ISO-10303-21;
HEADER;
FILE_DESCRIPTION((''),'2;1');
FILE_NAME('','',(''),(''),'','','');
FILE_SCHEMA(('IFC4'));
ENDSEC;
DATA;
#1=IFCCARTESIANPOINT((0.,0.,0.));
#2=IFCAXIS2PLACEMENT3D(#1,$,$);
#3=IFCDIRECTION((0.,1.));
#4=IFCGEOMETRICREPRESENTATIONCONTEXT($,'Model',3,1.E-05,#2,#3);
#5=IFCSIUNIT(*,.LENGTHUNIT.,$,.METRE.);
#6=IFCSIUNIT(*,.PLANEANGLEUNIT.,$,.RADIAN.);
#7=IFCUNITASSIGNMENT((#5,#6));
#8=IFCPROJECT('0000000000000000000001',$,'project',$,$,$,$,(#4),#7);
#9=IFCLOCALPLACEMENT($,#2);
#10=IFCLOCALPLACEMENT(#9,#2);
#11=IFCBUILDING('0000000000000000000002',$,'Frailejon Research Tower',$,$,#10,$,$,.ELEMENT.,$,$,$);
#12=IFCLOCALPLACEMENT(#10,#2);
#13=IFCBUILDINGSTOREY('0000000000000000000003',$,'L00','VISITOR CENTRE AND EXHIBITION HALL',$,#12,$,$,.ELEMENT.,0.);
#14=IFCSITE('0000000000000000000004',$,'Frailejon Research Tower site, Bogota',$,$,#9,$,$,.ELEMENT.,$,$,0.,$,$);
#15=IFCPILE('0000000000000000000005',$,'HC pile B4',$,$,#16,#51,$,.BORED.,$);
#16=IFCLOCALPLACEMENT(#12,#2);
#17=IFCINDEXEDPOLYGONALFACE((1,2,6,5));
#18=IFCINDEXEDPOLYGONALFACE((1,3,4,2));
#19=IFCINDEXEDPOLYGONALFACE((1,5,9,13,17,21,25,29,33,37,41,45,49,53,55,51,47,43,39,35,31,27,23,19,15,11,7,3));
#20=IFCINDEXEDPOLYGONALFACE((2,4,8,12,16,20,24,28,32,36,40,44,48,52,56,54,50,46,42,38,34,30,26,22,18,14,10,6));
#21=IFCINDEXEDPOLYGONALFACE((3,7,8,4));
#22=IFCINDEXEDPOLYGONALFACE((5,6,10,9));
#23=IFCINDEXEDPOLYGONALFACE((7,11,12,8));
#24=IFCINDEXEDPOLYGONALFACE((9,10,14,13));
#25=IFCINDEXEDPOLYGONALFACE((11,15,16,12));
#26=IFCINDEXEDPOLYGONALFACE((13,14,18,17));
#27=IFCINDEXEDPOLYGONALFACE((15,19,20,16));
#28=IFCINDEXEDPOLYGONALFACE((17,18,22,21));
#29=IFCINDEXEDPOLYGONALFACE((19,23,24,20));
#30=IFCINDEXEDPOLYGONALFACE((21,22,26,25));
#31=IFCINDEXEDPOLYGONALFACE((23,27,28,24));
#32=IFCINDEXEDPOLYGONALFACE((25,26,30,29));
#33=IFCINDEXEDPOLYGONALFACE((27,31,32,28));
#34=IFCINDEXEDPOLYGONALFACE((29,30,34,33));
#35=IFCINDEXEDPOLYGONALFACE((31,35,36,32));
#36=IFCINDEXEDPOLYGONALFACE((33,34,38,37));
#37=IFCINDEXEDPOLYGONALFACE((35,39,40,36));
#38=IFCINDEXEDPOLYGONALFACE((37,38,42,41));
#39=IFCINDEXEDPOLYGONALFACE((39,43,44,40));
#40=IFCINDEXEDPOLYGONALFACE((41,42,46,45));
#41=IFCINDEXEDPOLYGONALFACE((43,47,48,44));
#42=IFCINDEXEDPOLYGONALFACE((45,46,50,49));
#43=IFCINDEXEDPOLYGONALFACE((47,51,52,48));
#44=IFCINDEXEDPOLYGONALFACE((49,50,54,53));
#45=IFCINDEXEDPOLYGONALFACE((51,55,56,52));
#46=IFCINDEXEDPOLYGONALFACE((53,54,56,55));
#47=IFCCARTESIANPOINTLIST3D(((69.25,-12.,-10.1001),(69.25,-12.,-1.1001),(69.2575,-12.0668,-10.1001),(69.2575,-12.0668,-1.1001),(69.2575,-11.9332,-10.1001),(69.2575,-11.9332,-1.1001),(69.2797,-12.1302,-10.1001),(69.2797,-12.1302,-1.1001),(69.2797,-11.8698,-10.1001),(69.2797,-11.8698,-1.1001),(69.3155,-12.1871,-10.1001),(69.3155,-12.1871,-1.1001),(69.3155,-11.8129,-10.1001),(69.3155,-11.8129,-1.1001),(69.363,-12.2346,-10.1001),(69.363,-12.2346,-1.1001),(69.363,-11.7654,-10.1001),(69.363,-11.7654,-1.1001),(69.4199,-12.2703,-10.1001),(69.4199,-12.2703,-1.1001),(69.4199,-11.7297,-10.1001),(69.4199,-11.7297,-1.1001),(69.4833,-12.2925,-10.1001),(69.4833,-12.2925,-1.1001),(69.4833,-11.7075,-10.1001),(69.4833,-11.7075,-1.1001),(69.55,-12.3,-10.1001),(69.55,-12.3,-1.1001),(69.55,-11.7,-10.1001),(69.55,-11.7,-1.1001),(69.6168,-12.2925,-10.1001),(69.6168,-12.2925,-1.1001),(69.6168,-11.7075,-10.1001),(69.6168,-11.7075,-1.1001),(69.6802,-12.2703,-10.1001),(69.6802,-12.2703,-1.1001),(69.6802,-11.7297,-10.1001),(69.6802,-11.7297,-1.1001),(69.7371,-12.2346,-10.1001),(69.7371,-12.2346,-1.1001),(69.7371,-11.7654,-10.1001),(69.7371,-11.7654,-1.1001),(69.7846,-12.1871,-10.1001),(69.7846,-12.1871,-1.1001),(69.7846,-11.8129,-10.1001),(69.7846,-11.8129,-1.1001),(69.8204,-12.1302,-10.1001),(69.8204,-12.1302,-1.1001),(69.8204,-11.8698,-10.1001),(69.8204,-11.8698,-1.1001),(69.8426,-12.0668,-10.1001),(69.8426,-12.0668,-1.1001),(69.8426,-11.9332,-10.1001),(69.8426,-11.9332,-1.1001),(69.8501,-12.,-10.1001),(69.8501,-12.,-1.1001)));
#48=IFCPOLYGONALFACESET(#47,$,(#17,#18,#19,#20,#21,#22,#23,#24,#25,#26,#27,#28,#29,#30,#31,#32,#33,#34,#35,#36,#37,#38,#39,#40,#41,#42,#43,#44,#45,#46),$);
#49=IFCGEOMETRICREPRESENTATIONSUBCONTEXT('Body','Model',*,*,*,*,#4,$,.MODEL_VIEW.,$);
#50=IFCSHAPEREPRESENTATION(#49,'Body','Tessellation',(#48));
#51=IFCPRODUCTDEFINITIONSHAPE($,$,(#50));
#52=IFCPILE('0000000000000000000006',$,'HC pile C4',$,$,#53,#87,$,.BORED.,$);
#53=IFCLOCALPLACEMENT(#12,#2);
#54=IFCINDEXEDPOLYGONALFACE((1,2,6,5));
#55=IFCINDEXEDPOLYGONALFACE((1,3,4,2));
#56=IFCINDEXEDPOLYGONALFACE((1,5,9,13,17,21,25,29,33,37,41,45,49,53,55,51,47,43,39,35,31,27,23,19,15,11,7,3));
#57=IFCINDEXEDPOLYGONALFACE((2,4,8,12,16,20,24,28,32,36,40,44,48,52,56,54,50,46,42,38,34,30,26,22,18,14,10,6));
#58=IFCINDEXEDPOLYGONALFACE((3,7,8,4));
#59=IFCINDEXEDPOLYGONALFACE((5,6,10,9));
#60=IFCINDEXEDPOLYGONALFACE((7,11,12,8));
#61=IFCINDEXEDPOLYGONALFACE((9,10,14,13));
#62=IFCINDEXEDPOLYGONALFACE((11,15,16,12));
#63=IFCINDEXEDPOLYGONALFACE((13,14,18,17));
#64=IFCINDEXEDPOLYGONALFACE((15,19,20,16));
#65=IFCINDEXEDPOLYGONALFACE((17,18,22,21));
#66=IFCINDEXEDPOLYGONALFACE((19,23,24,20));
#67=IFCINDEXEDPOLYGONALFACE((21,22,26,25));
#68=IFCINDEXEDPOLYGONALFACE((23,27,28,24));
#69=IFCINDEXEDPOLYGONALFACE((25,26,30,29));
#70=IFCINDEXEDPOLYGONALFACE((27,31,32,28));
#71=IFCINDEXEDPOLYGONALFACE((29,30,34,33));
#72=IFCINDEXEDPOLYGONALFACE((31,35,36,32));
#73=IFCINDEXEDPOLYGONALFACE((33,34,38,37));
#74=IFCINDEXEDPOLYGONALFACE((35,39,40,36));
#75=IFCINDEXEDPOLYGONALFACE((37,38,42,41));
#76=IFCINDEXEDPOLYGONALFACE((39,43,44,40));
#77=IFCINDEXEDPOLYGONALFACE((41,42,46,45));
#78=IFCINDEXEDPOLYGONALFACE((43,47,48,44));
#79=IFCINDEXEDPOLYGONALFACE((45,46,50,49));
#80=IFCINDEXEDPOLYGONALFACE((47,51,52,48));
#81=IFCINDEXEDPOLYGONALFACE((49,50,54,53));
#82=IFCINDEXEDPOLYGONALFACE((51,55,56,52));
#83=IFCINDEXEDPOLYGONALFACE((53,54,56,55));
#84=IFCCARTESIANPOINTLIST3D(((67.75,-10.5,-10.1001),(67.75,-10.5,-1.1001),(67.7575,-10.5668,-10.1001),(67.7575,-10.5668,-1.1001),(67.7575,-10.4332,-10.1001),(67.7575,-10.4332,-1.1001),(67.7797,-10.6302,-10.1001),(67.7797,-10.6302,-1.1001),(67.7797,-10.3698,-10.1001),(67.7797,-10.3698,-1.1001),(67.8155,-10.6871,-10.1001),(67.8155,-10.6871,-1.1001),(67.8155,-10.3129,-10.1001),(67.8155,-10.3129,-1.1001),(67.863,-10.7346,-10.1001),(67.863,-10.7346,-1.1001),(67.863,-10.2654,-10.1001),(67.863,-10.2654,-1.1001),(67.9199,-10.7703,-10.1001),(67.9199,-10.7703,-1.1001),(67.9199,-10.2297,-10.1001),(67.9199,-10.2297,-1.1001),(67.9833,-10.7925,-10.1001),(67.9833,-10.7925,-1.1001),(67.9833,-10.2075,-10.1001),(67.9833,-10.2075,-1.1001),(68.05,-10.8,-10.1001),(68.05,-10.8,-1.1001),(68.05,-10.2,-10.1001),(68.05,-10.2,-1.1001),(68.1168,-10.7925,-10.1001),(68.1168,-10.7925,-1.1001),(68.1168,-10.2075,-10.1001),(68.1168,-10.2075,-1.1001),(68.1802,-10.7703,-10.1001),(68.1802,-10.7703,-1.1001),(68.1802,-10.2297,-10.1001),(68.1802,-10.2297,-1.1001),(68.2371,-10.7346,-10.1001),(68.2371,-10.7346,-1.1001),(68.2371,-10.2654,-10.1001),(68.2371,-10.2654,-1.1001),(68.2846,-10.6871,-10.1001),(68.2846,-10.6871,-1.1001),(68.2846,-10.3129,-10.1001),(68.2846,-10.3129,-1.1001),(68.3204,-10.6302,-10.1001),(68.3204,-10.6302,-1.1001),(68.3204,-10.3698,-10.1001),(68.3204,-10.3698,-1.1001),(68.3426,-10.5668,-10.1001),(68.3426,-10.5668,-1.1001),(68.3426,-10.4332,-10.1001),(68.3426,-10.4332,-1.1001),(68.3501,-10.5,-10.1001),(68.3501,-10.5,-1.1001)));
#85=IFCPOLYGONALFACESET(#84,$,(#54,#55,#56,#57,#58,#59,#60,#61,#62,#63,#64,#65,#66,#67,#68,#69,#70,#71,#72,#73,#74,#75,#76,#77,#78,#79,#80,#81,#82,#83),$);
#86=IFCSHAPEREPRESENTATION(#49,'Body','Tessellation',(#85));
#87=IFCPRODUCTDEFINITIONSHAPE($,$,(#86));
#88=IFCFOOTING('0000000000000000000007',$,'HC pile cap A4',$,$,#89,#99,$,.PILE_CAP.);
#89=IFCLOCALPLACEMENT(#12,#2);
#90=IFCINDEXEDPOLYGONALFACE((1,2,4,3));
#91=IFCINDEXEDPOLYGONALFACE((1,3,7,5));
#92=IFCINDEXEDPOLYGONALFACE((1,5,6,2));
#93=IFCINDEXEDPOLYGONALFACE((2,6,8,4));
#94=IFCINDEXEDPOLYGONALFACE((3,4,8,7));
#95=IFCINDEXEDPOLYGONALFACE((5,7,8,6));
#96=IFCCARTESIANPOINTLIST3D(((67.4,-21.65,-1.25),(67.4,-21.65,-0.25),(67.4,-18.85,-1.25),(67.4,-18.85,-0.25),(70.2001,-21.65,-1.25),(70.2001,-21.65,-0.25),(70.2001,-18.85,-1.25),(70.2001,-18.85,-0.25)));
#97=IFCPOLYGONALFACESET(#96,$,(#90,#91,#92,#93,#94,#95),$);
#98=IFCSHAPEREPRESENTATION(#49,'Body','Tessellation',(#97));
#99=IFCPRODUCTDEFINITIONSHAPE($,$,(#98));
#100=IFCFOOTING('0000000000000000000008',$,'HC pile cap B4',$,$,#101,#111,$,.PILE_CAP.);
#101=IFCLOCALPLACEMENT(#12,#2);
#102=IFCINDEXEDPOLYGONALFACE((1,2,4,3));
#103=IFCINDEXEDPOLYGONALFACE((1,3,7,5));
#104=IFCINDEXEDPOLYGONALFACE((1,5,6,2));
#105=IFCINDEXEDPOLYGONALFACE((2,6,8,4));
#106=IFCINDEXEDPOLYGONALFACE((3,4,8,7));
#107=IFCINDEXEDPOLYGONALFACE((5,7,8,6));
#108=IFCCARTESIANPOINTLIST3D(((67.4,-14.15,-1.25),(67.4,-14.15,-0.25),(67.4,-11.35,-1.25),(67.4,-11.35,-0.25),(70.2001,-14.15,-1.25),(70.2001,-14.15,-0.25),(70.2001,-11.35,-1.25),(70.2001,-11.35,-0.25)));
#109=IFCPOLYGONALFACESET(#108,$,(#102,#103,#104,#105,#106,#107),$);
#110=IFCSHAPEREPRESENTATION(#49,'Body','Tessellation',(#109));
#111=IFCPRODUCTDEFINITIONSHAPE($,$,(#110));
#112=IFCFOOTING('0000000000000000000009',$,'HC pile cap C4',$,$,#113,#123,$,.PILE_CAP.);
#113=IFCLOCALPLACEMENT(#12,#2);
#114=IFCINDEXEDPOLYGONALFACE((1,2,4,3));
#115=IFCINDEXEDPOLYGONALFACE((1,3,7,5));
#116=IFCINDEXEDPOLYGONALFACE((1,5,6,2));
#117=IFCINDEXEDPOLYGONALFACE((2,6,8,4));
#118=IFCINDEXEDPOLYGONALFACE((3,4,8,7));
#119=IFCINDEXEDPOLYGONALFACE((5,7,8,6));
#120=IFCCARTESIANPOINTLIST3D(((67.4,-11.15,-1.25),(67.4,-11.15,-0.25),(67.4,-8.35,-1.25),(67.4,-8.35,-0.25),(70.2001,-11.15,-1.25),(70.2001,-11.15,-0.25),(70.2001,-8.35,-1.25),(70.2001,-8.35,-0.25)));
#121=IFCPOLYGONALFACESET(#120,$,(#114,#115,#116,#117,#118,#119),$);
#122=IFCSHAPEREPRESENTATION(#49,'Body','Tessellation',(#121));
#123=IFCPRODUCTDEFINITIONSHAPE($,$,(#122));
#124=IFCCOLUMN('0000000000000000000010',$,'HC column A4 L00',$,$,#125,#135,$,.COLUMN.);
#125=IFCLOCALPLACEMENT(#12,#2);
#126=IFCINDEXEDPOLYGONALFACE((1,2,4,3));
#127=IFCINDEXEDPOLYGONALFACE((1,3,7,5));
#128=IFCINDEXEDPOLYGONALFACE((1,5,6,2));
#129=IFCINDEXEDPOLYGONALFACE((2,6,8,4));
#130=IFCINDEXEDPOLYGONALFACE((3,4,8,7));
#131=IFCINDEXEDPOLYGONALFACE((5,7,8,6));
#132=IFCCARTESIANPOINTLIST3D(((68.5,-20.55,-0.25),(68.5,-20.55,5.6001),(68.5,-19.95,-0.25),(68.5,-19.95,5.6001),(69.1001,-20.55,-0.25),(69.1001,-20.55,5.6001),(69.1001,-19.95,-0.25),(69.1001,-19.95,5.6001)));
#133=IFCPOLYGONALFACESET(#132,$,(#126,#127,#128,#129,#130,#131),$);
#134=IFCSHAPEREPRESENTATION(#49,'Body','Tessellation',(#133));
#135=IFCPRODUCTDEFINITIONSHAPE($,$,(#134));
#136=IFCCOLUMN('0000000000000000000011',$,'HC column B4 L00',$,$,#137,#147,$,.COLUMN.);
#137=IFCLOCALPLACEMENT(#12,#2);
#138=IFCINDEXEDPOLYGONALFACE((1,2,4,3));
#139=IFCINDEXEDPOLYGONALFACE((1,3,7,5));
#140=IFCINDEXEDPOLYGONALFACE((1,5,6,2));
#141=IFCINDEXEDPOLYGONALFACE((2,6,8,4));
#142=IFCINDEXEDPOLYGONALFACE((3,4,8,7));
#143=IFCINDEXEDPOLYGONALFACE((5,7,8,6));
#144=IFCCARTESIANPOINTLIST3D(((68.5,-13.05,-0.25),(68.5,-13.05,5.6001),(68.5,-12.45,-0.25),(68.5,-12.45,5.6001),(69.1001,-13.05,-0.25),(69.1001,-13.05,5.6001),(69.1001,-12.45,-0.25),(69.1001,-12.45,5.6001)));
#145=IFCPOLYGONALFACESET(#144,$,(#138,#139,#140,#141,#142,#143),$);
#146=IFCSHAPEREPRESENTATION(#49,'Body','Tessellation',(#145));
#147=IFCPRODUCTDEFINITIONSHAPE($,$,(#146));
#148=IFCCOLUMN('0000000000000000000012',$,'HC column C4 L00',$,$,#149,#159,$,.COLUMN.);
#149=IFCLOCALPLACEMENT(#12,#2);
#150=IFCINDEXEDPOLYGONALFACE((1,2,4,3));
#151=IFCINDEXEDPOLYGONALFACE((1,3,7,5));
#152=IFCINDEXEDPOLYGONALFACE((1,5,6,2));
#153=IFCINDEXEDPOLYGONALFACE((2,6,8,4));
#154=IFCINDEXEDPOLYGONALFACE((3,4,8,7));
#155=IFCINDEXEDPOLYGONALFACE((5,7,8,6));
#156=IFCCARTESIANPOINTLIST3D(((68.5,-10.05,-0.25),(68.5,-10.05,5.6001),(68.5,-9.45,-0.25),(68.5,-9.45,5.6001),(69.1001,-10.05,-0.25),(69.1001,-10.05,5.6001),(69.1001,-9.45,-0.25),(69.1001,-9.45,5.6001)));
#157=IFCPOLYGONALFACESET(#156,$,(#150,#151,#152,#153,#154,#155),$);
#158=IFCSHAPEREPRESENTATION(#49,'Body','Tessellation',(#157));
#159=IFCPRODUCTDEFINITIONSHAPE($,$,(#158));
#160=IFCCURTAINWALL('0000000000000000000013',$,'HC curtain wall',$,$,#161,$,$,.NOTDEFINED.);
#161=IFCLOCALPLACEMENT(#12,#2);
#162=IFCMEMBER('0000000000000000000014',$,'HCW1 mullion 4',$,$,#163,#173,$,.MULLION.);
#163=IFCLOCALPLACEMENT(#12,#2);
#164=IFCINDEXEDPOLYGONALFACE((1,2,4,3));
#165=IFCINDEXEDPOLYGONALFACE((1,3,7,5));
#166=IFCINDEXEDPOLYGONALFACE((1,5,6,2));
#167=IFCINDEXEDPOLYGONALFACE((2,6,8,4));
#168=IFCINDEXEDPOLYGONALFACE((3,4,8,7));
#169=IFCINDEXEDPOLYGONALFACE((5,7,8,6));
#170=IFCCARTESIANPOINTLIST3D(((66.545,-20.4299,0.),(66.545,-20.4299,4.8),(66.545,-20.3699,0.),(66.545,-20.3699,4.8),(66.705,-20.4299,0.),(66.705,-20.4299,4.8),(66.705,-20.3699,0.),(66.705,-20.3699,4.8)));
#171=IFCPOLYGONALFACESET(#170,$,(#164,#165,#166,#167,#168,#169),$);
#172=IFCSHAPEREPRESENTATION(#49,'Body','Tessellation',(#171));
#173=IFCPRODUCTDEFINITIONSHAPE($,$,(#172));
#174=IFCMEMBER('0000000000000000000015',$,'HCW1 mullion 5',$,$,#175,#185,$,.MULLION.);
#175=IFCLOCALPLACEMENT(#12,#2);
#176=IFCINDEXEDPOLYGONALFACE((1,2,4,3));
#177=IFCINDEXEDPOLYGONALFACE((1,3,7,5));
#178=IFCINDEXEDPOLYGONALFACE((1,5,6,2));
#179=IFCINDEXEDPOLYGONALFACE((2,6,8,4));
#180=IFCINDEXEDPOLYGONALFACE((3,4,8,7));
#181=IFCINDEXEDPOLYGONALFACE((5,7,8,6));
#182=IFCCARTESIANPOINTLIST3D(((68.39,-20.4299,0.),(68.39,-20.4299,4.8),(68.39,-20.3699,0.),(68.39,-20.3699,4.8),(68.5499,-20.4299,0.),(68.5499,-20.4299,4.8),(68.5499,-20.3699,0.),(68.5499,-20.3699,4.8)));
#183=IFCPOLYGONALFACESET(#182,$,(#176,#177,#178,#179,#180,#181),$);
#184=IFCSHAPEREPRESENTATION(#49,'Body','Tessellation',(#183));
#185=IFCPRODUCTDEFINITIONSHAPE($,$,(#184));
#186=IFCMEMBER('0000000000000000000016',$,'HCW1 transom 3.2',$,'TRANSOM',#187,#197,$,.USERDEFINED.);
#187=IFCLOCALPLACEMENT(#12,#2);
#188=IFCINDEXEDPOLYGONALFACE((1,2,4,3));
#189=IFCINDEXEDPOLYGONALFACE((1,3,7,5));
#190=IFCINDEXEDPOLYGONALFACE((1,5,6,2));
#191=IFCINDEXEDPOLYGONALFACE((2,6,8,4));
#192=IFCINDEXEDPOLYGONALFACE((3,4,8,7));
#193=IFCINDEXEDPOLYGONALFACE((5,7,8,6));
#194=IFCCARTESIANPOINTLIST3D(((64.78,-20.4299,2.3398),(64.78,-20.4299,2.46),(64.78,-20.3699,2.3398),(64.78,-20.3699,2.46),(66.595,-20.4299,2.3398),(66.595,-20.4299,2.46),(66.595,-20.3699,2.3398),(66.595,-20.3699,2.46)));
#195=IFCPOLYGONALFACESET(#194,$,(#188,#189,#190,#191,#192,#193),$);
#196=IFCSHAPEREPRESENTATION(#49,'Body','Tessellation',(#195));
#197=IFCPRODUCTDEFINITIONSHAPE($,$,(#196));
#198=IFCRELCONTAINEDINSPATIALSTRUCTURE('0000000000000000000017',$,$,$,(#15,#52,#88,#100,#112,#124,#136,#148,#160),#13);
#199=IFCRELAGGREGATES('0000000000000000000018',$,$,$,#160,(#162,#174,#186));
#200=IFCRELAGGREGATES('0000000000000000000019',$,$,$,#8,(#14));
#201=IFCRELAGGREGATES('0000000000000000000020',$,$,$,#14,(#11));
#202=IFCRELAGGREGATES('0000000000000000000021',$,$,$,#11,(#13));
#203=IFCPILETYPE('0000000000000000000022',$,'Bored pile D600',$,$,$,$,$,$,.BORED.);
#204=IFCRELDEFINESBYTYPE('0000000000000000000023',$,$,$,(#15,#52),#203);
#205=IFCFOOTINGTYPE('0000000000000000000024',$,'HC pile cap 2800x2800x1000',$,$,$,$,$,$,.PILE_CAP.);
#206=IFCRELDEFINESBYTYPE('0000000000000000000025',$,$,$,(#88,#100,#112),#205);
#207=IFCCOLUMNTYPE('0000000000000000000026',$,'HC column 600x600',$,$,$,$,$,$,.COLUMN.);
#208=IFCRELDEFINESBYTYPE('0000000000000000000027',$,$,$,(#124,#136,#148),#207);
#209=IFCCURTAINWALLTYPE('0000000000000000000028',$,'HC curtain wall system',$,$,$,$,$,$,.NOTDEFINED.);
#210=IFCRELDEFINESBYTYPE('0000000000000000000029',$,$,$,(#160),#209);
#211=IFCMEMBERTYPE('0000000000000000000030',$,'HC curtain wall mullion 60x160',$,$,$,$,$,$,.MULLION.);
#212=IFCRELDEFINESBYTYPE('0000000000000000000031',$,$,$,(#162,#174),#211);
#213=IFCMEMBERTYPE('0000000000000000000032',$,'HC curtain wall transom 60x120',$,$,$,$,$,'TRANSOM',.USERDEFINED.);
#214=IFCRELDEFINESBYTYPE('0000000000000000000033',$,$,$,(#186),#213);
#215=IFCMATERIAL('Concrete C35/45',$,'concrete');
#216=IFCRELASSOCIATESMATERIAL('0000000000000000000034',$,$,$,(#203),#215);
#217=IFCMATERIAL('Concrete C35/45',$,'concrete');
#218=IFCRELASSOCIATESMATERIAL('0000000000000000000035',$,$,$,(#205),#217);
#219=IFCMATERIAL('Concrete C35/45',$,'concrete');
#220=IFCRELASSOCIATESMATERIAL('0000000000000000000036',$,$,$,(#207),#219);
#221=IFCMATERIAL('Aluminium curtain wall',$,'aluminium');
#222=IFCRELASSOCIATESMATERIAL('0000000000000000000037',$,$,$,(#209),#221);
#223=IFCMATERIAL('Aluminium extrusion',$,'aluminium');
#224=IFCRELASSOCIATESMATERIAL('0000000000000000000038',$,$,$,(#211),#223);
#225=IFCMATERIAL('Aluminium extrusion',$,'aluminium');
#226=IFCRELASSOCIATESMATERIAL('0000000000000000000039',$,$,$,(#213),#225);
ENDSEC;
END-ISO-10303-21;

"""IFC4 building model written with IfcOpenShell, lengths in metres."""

from ifc_helpers import new_model, si_unit, direction, frame, origin, origin_2d, place, context, subcontext, project, spatial, rectangle, circle, extrude, material, material_profile, profile_set, type_object, element, aggregate, save


model = new_model("IFC4")

# Units and contexts
model_context = context("Model", 3, precision=1e-05, world=origin(), true_north=direction((0.0, 1.0)))
body_context = subcontext(model_context, "Body", "Model", "MODEL_VIEW")
ifc_project = project(units=[si_unit("LENGTHUNIT", "METRE"), si_unit("PLANEANGLEUNIT", "RADIAN")], contexts=[model_context])

# Site, building, storey
site_placement = place(None, origin())
site = spatial("IfcSite", under=ifc_project, at=site_placement, Name="Frailejon Research Tower site, Bogota", CompositionType="ELEMENT", RefElevation=0.0)
building_placement = place(site_placement, origin())
building = spatial("IfcBuilding", under=site, at=building_placement, Name="Frailejon Research Tower", CompositionType="ELEMENT")
storey_placement = place(building_placement, origin())
storey = spatial("IfcBuildingStorey", under=building, at=storey_placement, Name="L00", Description="VISITOR CENTRE AND EXHIBITION HALL", CompositionType="ELEMENT", Elevation=0.0)

# Piles
ifc_material_1 = material(Name="Concrete C35/45", Category="concrete")
ifc_material_profile_1 = material_profile(ifc_material_1, circle(Radius=0.3, at=origin_2d()), Name="Bored pile D600")
ifc_profile_set_1 = profile_set([ifc_material_profile_1], Name="Concrete C35/45")
pile_type = type_object("IfcPileType", Name="Bored pile D600", PredefinedType="BORED", material=ifc_profile_set_1)
for number, where, z_axis, x_axis, name in (
    (1, (69.55, -12.0, -1.1001), (0.0, 0.0, -1.0), (1.0, 0.0, 0.0), "HC pile B4"),
    (2, (68.05, -10.5, -1.1001), (0.0, 0.0, -1.0), (1.0, 0.0, 0.0), "HC pile C4"),
):
    element("IfcPile", number, at=place(storey_placement, frame(where, z_axis=z_axis, x_axis=x_axis)), inside=storey, type_object=pile_type, Name=name, PredefinedType="BORED", context=body_context, shape_type="SweptSolid", body=[
        extrude(circle(Radius=0.3, at=origin_2d()), origin(), (0.0, 0.0, 1.0), 9.0),
    ])

# Footings
ifc_material_2 = material(Name="Concrete C35/45", Category="concrete")
footing_type = type_object("IfcFootingType", Name="HC pile cap 2800x2800x1000", PredefinedType="PILE_CAP", material=ifc_material_2)
for number, where, z_axis, x_axis, name in (
    (3, (68.8, -20.25, -1.25), (0.0, 0.0, 1.0), (1.0, 0.0, 0.0), "HC pile cap A4"),
    (4, (68.8, -12.75, -1.25), (0.0, 0.0, 1.0), (1.0, 0.0, 0.0), "HC pile cap B4"),
    (5, (68.8, -9.75, -1.25), (0.0, 0.0, 1.0), (1.0, 0.0, 0.0), "HC pile cap C4"),
):
    element("IfcFooting", number, at=place(storey_placement, frame(where, z_axis=z_axis, x_axis=x_axis)), inside=storey, type_object=footing_type, Name=name, PredefinedType="PILE_CAP", context=body_context, shape_type="SweptSolid", body=[
        extrude(rectangle(XDim=2.8, YDim=2.8, at=origin_2d()), origin(), (0.0, 0.0, 1.0), 1.0),
    ])

# Columns
ifc_material_3 = material(Name="Concrete C35/45", Category="concrete")
ifc_material_profile_2 = material_profile(ifc_material_3, rectangle(XDim=0.6001, YDim=0.6001, at=origin_2d()), Name="HC column 600x600")
ifc_profile_set_2 = profile_set([ifc_material_profile_2], Name="Concrete C35/45")
column_type = type_object("IfcColumnType", Name="HC column 600x600", PredefinedType="COLUMN", material=ifc_profile_set_2)
for number, where, z_axis, x_axis, name in (
    (6, (68.8, -20.25, -0.25), (0.0, 0.0, 1.0), (1.0, 0.0, 0.0), "HC column A4 L00"),
    (7, (68.8, -12.75, -0.25), (0.0, 0.0, 1.0), (1.0, 0.0, 0.0), "HC column B4 L00"),
    (8, (68.8, -9.75, -0.25), (0.0, 0.0, 1.0), (1.0, 0.0, 0.0), "HC column C4 L00"),
):
    element("IfcColumn", number, at=place(storey_placement, frame(where, z_axis=z_axis, x_axis=x_axis)), inside=storey, type_object=column_type, Name=name, PredefinedType="COLUMN", context=body_context, shape_type="SweptSolid", body=[
        extrude(rectangle(XDim=0.6001, YDim=0.6001, at=origin_2d()), origin(), (0.0, 0.0, 1.0), 5.8501),
    ])

# Curtain wall, members
ifc_material_4 = material(Name="Aluminium curtain wall", Category="aluminium")
curtain_wall_type = type_object("IfcCurtainWallType", Name="HC curtain wall system", PredefinedType="NOTDEFINED", material=ifc_material_4)
curtain_wall_placement = place(storey_placement, origin())
curtain_wall = element("IfcCurtainWall", 9, at=curtain_wall_placement, inside=storey, type_object=curtain_wall_type, Name="HC curtain wall", PredefinedType="NOTDEFINED")
ifc_material_5 = material(Name="Aluminium extrusion", Category="aluminium")
ifc_material_profile_3 = material_profile(ifc_material_5, rectangle(XDim=0.0601, YDim=0.1599, at=origin_2d()), Name="HC curtain wall mullion 60x160")
ifc_profile_set_3 = profile_set([ifc_material_profile_3], Name="Aluminium extrusion")
member_type_1 = type_object("IfcMemberType", Name="HC curtain wall mullion 60x160", PredefinedType="MULLION", material=ifc_profile_set_3)
member_1_placement = place(storey_placement, frame((66.625, -20.3999, 0.0), z_axis=(0.0, 0.0, 1.0), x_axis=(0.0, 1.0, 0.0)))
member_1 = element("IfcMember", 10, at=member_1_placement, type_object=member_type_1, Name="HCW1 mullion 4", PredefinedType="MULLION", context=body_context, shape_type="SweptSolid", body=[
    extrude(rectangle(XDim=0.0601, YDim=0.1599, at=origin_2d()), origin(), (0.0, 0.0, 1.0), 4.8),
])
member_2_placement = place(storey_placement, frame((68.47, -20.3999, 0.0), z_axis=(0.0, 0.0, 1.0), x_axis=(0.0, 1.0, 0.0)))
member_2 = element("IfcMember", 11, at=member_2_placement, type_object=member_type_1, Name="HCW1 mullion 5", PredefinedType="MULLION", context=body_context, shape_type="SweptSolid", body=[
    extrude(rectangle(XDim=0.0601, YDim=0.1599, at=origin_2d()), origin(), (0.0, 0.0, 1.0), 4.8),
])
ifc_material_6 = material(Name="Aluminium extrusion", Category="aluminium")
ifc_material_profile_4 = material_profile(ifc_material_6, rectangle(XDim=0.0601, YDim=0.1201, at=origin_2d()), Name="HC curtain wall transom 60x120")
ifc_profile_set_4 = profile_set([ifc_material_profile_4], Name="Aluminium extrusion")
member_type_2 = type_object("IfcMemberType", Name="HC curtain wall transom 60x120", ElementType="TRANSOM", PredefinedType="USERDEFINED", material=ifc_profile_set_4)
member_3_placement = place(storey_placement, frame((64.78, -20.3999, 2.3999), z_axis=(1.0, 0.0, 0.0), x_axis=(0.0, 1.0, 0.0)))
member_3 = element("IfcMember", 12, at=member_3_placement, type_object=member_type_2, Name="HCW1 transom 3.2", ObjectType="TRANSOM", PredefinedType="USERDEFINED", context=body_context, shape_type="SweptSolid", body=[
    extrude(rectangle(XDim=0.0601, YDim=0.1201, at=origin_2d()), origin(), (0.0, 0.0, 1.0), 1.8149),
])
aggregate(curtain_wall, [member_1, member_2, member_3])

save(model, "model.ifc")
